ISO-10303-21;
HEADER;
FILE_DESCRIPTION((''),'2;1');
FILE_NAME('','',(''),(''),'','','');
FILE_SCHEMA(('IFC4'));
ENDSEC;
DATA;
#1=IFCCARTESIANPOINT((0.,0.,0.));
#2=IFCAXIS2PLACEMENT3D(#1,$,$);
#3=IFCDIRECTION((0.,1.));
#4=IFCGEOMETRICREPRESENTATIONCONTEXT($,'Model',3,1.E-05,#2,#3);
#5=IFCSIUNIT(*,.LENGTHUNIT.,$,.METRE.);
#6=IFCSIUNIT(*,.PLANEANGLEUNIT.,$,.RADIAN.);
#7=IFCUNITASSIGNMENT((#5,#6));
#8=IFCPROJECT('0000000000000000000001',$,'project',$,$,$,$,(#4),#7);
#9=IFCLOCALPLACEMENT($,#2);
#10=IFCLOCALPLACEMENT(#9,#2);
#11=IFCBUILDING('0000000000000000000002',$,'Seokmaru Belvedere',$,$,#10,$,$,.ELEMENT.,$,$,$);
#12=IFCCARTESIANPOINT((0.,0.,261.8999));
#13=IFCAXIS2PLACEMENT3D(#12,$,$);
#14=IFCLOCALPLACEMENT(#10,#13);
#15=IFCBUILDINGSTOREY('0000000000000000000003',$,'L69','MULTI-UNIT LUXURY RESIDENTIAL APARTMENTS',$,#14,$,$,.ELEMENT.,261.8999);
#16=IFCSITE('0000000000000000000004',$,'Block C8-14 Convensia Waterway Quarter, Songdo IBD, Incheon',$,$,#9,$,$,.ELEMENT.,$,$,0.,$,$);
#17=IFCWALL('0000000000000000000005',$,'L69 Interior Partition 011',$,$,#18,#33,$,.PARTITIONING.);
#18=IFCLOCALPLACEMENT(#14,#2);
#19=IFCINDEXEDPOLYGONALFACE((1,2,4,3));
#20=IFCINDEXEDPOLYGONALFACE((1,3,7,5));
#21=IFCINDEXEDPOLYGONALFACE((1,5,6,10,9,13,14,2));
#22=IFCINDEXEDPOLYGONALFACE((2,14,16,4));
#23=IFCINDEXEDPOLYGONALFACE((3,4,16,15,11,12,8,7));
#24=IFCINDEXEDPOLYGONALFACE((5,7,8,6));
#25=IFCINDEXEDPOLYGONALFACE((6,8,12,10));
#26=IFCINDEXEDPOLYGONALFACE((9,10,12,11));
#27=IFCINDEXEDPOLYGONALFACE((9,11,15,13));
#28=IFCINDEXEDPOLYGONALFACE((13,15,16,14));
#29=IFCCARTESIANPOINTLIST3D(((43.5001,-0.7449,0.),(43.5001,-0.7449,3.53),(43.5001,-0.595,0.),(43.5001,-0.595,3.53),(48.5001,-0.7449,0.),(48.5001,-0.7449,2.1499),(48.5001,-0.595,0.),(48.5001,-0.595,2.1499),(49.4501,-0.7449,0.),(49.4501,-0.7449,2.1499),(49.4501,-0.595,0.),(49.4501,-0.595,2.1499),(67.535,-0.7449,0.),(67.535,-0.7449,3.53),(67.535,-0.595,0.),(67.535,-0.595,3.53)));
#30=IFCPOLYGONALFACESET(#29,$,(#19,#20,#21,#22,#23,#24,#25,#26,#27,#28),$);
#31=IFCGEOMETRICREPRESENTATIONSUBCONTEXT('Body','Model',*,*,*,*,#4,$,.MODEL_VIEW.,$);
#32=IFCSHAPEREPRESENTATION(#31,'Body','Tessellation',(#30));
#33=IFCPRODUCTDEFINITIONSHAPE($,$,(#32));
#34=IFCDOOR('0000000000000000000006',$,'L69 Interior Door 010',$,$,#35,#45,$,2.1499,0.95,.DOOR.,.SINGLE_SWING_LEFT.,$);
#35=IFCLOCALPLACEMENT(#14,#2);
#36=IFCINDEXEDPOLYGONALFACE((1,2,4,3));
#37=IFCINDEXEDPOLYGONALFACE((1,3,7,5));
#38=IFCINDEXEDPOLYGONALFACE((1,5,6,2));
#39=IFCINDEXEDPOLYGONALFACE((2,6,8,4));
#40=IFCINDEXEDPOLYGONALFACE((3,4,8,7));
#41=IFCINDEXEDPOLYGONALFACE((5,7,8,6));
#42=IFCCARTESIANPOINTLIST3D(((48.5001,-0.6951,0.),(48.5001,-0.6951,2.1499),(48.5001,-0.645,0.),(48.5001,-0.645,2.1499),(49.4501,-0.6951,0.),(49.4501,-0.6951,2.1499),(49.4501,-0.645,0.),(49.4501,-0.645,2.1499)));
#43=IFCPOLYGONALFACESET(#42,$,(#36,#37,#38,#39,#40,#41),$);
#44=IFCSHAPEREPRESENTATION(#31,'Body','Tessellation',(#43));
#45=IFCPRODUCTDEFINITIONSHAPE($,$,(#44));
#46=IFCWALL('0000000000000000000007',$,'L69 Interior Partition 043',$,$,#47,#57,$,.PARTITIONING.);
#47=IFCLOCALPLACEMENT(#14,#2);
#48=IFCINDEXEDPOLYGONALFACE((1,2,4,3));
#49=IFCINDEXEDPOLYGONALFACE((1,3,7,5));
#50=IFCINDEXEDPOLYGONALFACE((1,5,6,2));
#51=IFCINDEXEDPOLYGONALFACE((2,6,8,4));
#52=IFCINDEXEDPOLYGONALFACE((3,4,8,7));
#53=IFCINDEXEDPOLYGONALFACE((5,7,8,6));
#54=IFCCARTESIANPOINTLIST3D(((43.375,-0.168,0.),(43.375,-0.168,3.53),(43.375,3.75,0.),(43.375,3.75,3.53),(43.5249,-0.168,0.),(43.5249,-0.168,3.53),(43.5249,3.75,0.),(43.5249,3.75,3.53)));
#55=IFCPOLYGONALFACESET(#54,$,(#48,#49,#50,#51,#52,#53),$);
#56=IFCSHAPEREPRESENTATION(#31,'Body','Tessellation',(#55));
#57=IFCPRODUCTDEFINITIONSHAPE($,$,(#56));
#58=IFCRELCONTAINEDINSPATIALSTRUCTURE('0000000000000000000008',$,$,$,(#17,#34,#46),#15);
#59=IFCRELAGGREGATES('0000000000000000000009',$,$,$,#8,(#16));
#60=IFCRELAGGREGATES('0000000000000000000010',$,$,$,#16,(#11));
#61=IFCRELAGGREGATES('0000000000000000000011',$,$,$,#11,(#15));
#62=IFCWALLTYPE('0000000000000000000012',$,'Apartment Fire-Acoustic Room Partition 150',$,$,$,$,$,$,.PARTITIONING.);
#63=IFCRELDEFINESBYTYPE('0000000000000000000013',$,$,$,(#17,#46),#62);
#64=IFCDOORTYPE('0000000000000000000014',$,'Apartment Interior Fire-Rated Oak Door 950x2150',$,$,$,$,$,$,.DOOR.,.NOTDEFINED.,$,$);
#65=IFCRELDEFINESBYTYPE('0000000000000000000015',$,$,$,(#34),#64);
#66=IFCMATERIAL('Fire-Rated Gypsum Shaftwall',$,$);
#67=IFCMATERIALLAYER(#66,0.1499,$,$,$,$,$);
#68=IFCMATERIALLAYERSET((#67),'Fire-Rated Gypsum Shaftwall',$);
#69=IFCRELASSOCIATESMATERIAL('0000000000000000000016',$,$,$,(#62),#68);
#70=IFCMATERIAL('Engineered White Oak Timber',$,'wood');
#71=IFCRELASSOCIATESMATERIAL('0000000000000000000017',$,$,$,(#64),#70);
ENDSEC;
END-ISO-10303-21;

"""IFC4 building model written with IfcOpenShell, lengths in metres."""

from ifc_helpers import new_model, si_unit, direction, frame, frame_2d, origin, place, context, subcontext, project, spatial, rectangle, extrude, source, transform, mapped, material, layer, layer_set, type_object, type_shapes, element, fill, save


model = new_model("IFC4")

# Units and contexts
model_context = context("Model", 3, precision=1e-05, world=origin(), true_north=direction((0.0, 1.0)))
body_context = subcontext(model_context, "Body", "Model", "MODEL_VIEW")
ifc_project = project(units=[si_unit("LENGTHUNIT", "METRE"), si_unit("PLANEANGLEUNIT", "RADIAN")], contexts=[model_context])

# Site, building, storey
site_placement = place(None, origin())
site = spatial("IfcSite", under=ifc_project, at=site_placement, Name="Block C8-14 Convensia Waterway Quarter, Songdo IBD, Incheon", CompositionType="ELEMENT", RefElevation=0.0)
building_placement = place(site_placement, origin())
building = spatial("IfcBuilding", under=site, at=building_placement, Name="Seokmaru Belvedere", CompositionType="ELEMENT")
storey_placement = place(building_placement, frame((0.0, 0.0, 261.8999)))
storey = spatial("IfcBuildingStorey", under=building, at=storey_placement, Name="L69", Description="MULTI-UNIT LUXURY RESIDENTIAL APARTMENTS", CompositionType="ELEMENT", Elevation=261.8999)

# Wall, opening, door
ifc_material_1 = material(Name="Fire-Rated Gypsum Shaftwall")
ifc_layer_1 = layer(ifc_material_1, 0.1499)
ifc_layer_set_1 = layer_set([ifc_layer_1], Name="Fire-Rated Gypsum Shaftwall")
wall_type = type_object("IfcWallType", Name="Apartment Fire-Acoustic Room Partition 150", PredefinedType="PARTITIONING", material=ifc_layer_set_1)
wall_1_placement = place(storey_placement, frame((43.5, -0.6699, 0.0), z_axis=(0.0, 0.0, 1.0), x_axis=(1.0, 0.0, 0.0)))
wall_1 = element("IfcWall", 1, at=wall_1_placement, inside=storey, type_object=wall_type, Name="L69 Interior Partition 011", PredefinedType="PARTITIONING", context=body_context, shape_type="SweptSolid", body=[
    extrude(rectangle(XDim=24.0349, YDim=0.1499, at=frame_2d((12.0176, 0.0))), origin(), (0.0, 0.0, 1.0), 3.53),
])
opening_placement = place(wall_1_placement, frame((5.0, 0.0, 0.0)))
opening = element("IfcOpeningElement", 2, at=opening_placement, cuts=wall_1, PredefinedType="OPENING", context=body_context, shape_type="SweptSolid", body=[
    extrude(rectangle(XDim=0.95, YDim=2.1499, at=frame_2d((0.4751, 1.075))), frame((0.0, 0.085, 0.0), z_axis=(0.0, -1.0, 0.0), x_axis=(1.0, 0.0, 0.0)), (0.0, 0.0, 1.0), 0.1699),
])
ifc_material_2 = material(Name="Engineered White Oak Timber", Category="wood")
door_type = type_object("IfcDoorType", Name="Apartment Interior Fire-Rated Oak Door 950x2150", OperationType="NOTDEFINED", PredefinedType="DOOR", material=ifc_material_2)
shared_shape_1 = source(origin(), body_context, "Body", "SweptSolid", [
    extrude(rectangle(XDim=0.95, YDim=2.1499, at=frame_2d((0.4751, 1.075))), frame((0.0, 0.0249, 0.0), z_axis=(0.0, -1.0, 0.0), x_axis=(1.0, 0.0, 0.0)), (0.0, 0.0, 1.0), 0.05),
])
type_shapes(door_type, [shared_shape_1])
door_placement = place(opening_placement, origin())
door = element("IfcDoor", 3, at=door_placement, inside=storey, type_object=door_type, Name="L69 Interior Door 010", OperationType="SINGLE_SWING_LEFT", OverallHeight=2.1499, OverallWidth=0.95, PredefinedType="DOOR", context=body_context, shape_type="MappedRepresentation", body=[
    mapped(shared_shape_1, transform((0.0, 0.0, 0.0), scale=1.0)),
])
fill(opening, door)

# Wall
wall_2_placement = place(storey_placement, frame((43.45, -0.168, 0.0), z_axis=(0.0, 0.0, 1.0), x_axis=(0.0, 1.0, 0.0)))
element("IfcWall", 4, at=wall_2_placement, inside=storey, type_object=wall_type, Name="L69 Interior Partition 043", PredefinedType="PARTITIONING", context=body_context, shape_type="SweptSolid", body=[
    extrude(rectangle(XDim=3.918, YDim=0.1499, at=frame_2d((1.959, 0.0))), origin(), (0.0, 0.0, 1.0), 3.53),
])

save(model, "model.ifc")
